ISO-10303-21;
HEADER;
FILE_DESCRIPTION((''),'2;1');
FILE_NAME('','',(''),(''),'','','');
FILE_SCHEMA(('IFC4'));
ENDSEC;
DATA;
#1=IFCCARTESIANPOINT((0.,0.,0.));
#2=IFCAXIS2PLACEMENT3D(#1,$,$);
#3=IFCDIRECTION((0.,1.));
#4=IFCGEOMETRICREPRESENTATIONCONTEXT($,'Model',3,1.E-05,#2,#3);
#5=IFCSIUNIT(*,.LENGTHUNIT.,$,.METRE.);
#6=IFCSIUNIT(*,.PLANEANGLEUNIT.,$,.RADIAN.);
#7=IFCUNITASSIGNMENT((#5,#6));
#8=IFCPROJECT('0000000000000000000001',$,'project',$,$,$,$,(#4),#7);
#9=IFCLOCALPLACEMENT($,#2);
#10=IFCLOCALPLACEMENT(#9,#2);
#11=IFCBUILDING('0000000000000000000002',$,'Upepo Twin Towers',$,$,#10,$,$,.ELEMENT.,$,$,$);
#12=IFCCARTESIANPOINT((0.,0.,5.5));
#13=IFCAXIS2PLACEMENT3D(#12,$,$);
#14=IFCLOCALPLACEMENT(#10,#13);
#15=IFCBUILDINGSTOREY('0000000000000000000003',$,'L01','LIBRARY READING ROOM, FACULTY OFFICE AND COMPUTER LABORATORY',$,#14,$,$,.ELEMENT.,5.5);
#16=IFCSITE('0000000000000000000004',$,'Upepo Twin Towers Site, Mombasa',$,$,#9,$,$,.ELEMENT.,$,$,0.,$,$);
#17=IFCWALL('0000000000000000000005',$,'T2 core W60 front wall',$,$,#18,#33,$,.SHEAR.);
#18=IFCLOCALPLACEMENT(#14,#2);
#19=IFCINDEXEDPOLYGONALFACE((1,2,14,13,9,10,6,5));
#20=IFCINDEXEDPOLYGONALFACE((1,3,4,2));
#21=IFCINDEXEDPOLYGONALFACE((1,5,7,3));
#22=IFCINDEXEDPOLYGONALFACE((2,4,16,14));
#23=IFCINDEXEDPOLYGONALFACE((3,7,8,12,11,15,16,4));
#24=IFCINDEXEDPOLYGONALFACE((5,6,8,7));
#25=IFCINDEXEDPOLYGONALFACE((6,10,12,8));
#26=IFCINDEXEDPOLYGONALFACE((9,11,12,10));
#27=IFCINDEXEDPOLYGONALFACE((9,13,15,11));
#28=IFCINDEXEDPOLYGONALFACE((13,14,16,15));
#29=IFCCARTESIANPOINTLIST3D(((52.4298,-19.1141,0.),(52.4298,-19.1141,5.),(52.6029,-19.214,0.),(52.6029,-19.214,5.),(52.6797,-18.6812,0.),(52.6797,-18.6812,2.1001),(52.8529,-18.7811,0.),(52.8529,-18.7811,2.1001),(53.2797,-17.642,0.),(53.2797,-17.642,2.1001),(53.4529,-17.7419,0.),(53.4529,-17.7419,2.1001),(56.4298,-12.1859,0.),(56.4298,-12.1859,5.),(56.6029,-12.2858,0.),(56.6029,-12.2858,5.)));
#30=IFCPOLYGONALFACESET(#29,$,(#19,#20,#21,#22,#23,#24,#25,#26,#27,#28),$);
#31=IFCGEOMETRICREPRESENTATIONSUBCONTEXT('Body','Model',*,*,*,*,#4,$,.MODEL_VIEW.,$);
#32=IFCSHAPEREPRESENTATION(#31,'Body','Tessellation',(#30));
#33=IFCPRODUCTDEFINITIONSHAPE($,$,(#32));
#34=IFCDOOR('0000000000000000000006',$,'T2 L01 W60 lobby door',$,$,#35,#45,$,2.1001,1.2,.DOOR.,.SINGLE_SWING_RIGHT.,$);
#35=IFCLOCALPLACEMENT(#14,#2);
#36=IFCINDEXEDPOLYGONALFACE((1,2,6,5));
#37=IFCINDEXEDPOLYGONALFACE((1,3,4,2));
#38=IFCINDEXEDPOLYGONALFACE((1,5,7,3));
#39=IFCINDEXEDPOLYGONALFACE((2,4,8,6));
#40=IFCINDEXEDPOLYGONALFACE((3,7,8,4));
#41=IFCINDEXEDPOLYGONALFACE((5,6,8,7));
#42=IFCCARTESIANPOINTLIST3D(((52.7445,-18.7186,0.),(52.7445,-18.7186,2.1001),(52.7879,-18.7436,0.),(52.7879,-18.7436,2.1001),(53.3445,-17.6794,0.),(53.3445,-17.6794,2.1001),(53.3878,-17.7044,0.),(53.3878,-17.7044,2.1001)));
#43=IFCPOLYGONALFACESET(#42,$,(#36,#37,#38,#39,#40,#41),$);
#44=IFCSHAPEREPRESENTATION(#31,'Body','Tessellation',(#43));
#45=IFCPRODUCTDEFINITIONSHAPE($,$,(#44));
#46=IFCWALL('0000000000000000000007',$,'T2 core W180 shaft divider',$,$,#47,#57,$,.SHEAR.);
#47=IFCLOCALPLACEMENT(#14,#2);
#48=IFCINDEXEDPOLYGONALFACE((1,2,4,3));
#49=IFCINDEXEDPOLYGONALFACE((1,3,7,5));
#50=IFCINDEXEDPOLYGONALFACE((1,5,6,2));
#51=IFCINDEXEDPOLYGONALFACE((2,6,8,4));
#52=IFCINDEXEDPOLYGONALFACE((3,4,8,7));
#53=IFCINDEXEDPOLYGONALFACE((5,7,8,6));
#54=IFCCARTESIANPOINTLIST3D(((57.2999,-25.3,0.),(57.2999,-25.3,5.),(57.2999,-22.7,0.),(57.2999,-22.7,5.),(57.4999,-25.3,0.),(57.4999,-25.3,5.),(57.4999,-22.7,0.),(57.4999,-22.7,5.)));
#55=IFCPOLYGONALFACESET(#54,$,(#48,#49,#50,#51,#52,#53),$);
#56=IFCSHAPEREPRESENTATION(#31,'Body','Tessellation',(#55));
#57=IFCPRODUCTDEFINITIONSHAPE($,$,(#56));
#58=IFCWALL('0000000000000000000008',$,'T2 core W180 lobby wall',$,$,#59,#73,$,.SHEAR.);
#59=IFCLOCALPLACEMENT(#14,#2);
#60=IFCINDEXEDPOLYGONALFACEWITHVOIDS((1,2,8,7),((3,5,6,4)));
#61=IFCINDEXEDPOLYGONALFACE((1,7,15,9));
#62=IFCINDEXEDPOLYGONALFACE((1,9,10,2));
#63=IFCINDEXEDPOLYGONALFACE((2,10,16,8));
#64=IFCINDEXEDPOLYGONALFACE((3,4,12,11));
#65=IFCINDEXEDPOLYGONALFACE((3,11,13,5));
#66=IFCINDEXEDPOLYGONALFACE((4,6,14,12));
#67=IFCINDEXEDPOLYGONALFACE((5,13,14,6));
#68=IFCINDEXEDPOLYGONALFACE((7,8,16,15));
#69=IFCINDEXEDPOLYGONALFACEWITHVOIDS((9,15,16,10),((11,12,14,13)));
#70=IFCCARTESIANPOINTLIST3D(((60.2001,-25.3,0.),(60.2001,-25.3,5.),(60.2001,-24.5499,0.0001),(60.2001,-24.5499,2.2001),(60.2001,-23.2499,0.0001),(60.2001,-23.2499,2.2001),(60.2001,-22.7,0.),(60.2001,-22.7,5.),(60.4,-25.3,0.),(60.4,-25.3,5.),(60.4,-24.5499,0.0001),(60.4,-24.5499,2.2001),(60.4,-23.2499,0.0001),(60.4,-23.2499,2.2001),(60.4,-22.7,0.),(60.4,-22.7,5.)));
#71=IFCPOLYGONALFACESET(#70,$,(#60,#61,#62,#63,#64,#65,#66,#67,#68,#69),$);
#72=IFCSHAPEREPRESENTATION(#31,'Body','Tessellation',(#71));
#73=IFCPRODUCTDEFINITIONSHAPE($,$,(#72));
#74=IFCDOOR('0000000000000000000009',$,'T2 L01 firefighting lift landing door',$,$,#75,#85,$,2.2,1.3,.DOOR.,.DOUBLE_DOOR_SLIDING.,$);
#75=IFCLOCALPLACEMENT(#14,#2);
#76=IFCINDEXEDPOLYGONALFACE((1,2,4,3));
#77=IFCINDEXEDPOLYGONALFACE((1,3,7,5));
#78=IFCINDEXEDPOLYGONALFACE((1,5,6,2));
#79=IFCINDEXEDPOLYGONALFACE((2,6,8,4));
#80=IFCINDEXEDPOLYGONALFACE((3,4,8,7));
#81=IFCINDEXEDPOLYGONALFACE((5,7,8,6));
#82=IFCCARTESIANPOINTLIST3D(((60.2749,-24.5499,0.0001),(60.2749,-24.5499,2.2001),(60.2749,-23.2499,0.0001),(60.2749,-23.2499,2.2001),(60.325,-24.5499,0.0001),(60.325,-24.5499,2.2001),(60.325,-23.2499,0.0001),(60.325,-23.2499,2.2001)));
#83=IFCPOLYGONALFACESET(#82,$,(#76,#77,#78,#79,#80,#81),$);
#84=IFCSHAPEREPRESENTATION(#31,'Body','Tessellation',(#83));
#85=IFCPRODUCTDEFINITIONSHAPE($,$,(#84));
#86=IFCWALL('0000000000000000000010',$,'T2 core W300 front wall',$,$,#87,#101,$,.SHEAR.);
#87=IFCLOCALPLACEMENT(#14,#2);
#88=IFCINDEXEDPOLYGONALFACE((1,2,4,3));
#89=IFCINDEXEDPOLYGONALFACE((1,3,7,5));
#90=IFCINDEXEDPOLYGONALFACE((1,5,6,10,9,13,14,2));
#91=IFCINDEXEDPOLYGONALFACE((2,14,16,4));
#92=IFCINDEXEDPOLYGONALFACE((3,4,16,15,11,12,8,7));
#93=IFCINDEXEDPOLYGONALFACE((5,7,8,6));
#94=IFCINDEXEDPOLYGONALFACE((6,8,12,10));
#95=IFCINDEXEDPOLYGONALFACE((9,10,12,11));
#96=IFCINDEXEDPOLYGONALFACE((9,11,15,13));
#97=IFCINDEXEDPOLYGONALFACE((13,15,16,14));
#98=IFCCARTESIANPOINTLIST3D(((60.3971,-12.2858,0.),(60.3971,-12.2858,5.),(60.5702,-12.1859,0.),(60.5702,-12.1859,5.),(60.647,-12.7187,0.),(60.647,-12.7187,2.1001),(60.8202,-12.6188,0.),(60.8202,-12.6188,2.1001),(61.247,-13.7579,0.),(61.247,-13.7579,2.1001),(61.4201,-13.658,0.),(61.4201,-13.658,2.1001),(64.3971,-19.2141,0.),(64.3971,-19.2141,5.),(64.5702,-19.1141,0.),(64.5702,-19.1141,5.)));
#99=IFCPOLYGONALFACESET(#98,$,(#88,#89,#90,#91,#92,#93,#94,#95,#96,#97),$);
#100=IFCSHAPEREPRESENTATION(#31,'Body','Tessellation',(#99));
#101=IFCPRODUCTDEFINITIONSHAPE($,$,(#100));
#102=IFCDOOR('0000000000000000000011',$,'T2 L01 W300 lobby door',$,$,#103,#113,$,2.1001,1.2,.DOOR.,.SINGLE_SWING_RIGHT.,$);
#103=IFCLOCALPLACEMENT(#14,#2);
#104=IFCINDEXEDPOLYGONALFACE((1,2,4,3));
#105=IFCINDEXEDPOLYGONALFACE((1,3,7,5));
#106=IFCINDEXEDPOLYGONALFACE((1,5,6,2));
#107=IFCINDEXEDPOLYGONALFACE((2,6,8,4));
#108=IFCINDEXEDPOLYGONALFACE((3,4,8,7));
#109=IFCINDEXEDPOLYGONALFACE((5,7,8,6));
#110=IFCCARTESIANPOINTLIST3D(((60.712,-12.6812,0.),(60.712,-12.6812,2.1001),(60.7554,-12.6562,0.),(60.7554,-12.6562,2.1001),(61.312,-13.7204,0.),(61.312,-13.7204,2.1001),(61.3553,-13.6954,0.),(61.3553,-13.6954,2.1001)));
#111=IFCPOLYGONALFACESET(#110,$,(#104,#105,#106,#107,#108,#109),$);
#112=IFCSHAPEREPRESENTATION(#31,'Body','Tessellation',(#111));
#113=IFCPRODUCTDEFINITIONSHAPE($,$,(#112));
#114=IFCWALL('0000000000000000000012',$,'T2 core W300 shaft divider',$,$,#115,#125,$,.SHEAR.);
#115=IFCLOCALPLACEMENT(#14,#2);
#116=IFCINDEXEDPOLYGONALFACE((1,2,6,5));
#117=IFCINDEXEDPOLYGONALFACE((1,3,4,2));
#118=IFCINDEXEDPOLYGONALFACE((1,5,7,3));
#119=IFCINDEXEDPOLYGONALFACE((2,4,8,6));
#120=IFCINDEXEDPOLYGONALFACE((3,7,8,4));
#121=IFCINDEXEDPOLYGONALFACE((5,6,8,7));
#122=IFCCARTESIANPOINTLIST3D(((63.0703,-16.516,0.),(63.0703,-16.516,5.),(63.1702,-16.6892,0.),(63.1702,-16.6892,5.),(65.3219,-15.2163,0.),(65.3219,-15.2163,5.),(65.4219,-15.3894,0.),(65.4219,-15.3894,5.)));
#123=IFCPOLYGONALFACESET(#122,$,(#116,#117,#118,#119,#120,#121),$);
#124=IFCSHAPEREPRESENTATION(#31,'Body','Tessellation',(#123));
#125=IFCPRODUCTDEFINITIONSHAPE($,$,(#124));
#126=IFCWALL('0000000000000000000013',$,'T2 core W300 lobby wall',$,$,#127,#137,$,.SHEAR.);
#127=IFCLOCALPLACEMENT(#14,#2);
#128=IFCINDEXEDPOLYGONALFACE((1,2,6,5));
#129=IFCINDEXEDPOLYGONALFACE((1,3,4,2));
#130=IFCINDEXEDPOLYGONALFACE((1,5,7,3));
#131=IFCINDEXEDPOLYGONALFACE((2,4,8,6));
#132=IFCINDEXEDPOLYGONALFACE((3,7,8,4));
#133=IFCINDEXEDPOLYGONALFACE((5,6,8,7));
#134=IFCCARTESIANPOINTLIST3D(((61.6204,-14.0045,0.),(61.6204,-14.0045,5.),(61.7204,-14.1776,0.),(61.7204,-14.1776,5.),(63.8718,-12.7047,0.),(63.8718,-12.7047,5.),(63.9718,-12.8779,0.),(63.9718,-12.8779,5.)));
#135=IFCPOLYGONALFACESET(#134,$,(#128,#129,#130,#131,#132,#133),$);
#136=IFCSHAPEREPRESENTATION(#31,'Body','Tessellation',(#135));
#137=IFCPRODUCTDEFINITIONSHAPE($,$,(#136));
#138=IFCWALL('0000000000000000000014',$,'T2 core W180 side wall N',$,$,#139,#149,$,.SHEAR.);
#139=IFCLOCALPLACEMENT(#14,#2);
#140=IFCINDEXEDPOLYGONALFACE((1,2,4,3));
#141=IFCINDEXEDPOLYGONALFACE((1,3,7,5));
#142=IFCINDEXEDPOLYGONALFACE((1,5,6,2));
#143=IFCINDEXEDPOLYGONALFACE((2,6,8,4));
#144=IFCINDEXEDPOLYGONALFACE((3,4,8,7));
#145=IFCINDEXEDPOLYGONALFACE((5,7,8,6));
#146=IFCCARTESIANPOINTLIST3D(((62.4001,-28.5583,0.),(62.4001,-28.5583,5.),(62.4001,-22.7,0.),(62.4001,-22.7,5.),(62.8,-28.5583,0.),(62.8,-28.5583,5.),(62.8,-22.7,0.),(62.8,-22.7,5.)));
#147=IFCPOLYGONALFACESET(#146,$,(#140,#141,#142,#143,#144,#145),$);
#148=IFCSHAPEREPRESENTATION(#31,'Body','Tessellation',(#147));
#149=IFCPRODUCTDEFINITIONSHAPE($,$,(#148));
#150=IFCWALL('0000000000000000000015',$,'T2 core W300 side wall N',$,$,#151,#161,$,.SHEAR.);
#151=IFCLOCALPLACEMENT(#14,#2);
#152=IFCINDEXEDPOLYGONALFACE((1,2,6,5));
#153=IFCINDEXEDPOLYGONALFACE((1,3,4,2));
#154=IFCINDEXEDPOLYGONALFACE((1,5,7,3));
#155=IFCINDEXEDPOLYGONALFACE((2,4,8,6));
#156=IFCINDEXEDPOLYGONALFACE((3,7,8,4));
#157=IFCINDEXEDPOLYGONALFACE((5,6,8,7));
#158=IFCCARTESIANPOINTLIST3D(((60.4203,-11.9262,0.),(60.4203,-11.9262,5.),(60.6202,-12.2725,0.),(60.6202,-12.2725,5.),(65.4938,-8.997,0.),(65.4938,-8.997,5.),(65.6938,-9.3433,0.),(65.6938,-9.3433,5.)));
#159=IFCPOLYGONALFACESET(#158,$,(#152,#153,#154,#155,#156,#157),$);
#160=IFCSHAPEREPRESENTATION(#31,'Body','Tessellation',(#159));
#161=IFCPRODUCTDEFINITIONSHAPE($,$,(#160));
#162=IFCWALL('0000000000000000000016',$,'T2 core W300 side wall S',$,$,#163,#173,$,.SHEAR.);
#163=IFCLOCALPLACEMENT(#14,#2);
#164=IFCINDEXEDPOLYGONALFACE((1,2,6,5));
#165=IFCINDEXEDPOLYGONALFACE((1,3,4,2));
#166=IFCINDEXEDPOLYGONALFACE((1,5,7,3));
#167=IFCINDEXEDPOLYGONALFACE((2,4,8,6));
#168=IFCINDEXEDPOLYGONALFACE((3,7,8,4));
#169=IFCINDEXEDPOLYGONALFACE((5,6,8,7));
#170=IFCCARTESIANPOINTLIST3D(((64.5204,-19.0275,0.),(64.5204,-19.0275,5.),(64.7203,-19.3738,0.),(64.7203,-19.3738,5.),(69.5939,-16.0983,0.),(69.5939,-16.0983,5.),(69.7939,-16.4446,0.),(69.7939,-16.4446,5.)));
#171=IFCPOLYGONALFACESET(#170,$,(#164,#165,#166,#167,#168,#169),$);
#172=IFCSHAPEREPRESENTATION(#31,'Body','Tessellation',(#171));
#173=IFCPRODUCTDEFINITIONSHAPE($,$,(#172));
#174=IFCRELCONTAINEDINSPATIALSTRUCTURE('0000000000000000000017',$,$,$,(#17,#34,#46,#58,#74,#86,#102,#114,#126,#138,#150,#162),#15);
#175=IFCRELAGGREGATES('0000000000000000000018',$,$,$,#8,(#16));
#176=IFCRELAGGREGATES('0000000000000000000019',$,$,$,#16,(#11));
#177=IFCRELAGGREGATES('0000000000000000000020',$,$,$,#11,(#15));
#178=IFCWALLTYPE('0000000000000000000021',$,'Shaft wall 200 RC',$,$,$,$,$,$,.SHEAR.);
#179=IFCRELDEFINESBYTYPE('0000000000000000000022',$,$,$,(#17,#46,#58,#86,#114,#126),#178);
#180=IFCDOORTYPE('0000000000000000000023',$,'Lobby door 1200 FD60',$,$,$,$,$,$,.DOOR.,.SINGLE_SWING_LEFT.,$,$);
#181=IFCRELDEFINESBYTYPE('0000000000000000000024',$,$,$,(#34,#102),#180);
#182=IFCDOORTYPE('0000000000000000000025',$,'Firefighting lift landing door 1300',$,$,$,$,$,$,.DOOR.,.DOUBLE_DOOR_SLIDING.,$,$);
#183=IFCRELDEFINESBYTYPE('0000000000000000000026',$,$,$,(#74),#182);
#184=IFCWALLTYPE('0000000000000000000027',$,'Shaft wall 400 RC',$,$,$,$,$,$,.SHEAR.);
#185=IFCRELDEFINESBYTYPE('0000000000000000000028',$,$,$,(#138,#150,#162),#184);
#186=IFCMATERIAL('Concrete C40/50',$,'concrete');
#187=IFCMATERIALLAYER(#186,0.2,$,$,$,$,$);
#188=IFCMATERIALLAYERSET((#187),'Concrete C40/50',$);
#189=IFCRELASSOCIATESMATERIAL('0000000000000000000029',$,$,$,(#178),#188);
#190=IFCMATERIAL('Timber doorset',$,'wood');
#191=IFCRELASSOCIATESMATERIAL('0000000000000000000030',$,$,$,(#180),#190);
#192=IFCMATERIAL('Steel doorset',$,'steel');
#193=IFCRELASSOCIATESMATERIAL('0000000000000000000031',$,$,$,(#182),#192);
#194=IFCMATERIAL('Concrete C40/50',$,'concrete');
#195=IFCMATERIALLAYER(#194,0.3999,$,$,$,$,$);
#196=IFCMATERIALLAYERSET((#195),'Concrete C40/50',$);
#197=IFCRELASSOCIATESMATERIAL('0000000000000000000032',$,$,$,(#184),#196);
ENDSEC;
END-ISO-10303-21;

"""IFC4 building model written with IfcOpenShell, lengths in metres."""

from ifc_helpers import new_model, si_unit, direction, frame, frame_2d, origin, place, context, subcontext, project, spatial, rectangle, extrude, material, layer, layer_set, type_object, element, fill, save


model = new_model("IFC4")

# Units and contexts
model_context = context("Model", 3, precision=1e-05, world=origin(), true_north=direction((0.0, 1.0)))
body_context = subcontext(model_context, "Body", "Model", "MODEL_VIEW")
ifc_project = project(units=[si_unit("LENGTHUNIT", "METRE"), si_unit("PLANEANGLEUNIT", "RADIAN")], contexts=[model_context])

# Site, building, storey
site_placement = place(None, origin())
site = spatial("IfcSite", under=ifc_project, at=site_placement, Name="Upepo Twin Towers Site, Mombasa", CompositionType="ELEMENT", RefElevation=0.0)
building_placement = place(site_placement, origin())
building = spatial("IfcBuilding", under=site, at=building_placement, Name="Upepo Twin Towers", CompositionType="ELEMENT")
storey_placement = place(building_placement, frame((0.0, 0.0, 5.5)))
storey = spatial("IfcBuildingStorey", under=building, at=storey_placement, Name="L01", Description="LIBRARY READING ROOM, FACULTY OFFICE AND COMPUTER LABORATORY", CompositionType="ELEMENT", Elevation=5.5)

# Wall, opening, door
ifc_material_1 = material(Name="Concrete C40/50", Category="concrete")
ifc_layer_1 = layer(ifc_material_1, 0.2)
ifc_layer_set_1 = layer_set([ifc_layer_1], Name="Concrete C40/50")
wall_type_1 = type_object("IfcWallType", Name="Shaft wall 200 RC", PredefinedType="SHEAR", material=ifc_layer_set_1)
wall_1_placement = place(storey_placement, frame((56.5164, -12.2358, 0.0), z_axis=(0.0, 0.0, 1.0), x_axis=(-0.499999, -0.866026, 0.0)))
wall_1 = element("IfcWall", 1, at=wall_1_placement, inside=storey, type_object=wall_type_1, Name="T2 core W60 front wall", PredefinedType="SHEAR", context=body_context, shape_type="SweptSolid", body=[
    extrude(rectangle(XDim=8.0, YDim=0.2, at=frame_2d((4.0, 0.0))), origin(), (0.0, 0.0, 1.0), 5.0),
])
opening_1_placement = place(wall_1_placement, frame((6.3, 0.0, 0.0)))
opening_1 = element("IfcOpeningElement", 2, at=opening_1_placement, cuts=wall_1, PredefinedType="OPENING", context=body_context, shape_type="SweptSolid", body=[
    extrude(rectangle(XDim=1.2, YDim=2.1001, at=frame_2d((0.6001, 1.05))), frame((0.0, 0.1099, 0.0), z_axis=(0.0, -1.0, 0.0), x_axis=(1.0, 0.0, 0.0)), (0.0, 0.0, 1.0), 0.22),
])
ifc_material_2 = material(Name="Timber doorset", Category="wood")
door_type_1 = type_object("IfcDoorType", Name="Lobby door 1200 FD60", OperationType="SINGLE_SWING_LEFT", PredefinedType="DOOR", material=ifc_material_2)
door_1_placement = place(opening_1_placement, origin())
door_1 = element("IfcDoor", 3, at=door_1_placement, inside=storey, type_object=door_type_1, Name="T2 L01 W60 lobby door", OperationType="SINGLE_SWING_RIGHT", OverallHeight=2.1001, OverallWidth=1.2, PredefinedType="DOOR", context=body_context, shape_type="SweptSolid", body=[
    extrude(rectangle(XDim=1.2, YDim=2.1001, at=frame_2d((0.6001, 1.05))), frame((0.0, 0.0249, 0.0), z_axis=(0.0, -1.0, 0.0), x_axis=(1.0, 0.0, 0.0)), (0.0, 0.0, 1.0), 0.05),
])
fill(opening_1, door_1)

# Wall
wall_2_placement = place(storey_placement, frame((57.3999, -22.7, 0.0), z_axis=(0.0, 0.0, 1.0), x_axis=(0.0, -1.0, 0.0)))
element("IfcWall", 4, at=wall_2_placement, inside=storey, type_object=wall_type_1, Name="T2 core W180 shaft divider", PredefinedType="SHEAR", context=body_context, shape_type="SweptSolid", body=[
    extrude(rectangle(XDim=2.6001, YDim=0.2, at=frame_2d((1.3, 0.0))), origin(), (0.0, 0.0, 1.0), 5.0),
])

# Walls, openings, doors
wall_3_placement = place(storey_placement, frame((60.3, -22.7, 0.0), z_axis=(0.0, 0.0, 1.0), x_axis=(0.0, -1.0, 0.0)))
wall_3 = element("IfcWall", 5, at=wall_3_placement, inside=storey, type_object=wall_type_1, Name="T2 core W180 lobby wall", PredefinedType="SHEAR", context=body_context, shape_type="SweptSolid", body=[
    extrude(rectangle(XDim=2.6001, YDim=0.2, at=frame_2d((1.3, 0.0))), origin(), (0.0, 0.0, 1.0), 5.0),
])
opening_2_placement = place(wall_3_placement, frame((0.55, 0.0, 0.0)))
opening_2 = element("IfcOpeningElement", 6, at=opening_2_placement, cuts=wall_3, PredefinedType="OPENING", context=body_context, shape_type="SweptSolid", body=[
    extrude(rectangle(XDim=1.3, YDim=2.2, at=frame_2d((0.6499, 1.1001))), frame((0.0, 0.1099, 0.0), z_axis=(0.0, -1.0, 0.0), x_axis=(1.0, 0.0, 0.0)), (0.0, 0.0, 1.0), 0.22),
])
ifc_material_3 = material(Name="Steel doorset", Category="steel")
door_type_2 = type_object("IfcDoorType", Name="Firefighting lift landing door 1300", OperationType="DOUBLE_DOOR_SLIDING", PredefinedType="DOOR", material=ifc_material_3)
door_2_placement = place(opening_2_placement, origin())
door_2 = element("IfcDoor", 7, at=door_2_placement, inside=storey, type_object=door_type_2, Name="T2 L01 firefighting lift landing door", OperationType="DOUBLE_DOOR_SLIDING", OverallHeight=2.2, OverallWidth=1.3, PredefinedType="DOOR", context=body_context, shape_type="SweptSolid", body=[
    extrude(rectangle(XDim=1.3, YDim=2.2, at=frame_2d((0.6499, 1.1001))), frame((0.0, 0.0249, 0.0), z_axis=(0.0, -1.0, 0.0), x_axis=(1.0, 0.0, 0.0)), (0.0, 0.0, 1.0), 0.05),
])
fill(opening_2, door_2)
wall_4_placement = place(storey_placement, frame((64.4836, -19.1641, 0.0), z_axis=(0.0, 0.0, 1.0), x_axis=(-0.499999, 0.866026, 0.0)))
wall_4 = element("IfcWall", 8, at=wall_4_placement, inside=storey, type_object=wall_type_1, Name="T2 core W300 front wall", PredefinedType="SHEAR", context=body_context, shape_type="SweptSolid", body=[
    extrude(rectangle(XDim=8.0, YDim=0.2, at=frame_2d((4.0, 0.0))), origin(), (0.0, 0.0, 1.0), 5.0),
])
opening_3_placement = place(wall_4_placement, frame((6.3, 0.0, 0.0)))
opening_3 = element("IfcOpeningElement", 9, at=opening_3_placement, cuts=wall_4, PredefinedType="OPENING", context=body_context, shape_type="SweptSolid", body=[
    extrude(rectangle(XDim=1.2, YDim=2.1001, at=frame_2d((0.6001, 1.05))), frame((0.0, 0.1099, 0.0), z_axis=(0.0, -1.0, 0.0), x_axis=(1.0, 0.0, 0.0)), (0.0, 0.0, 1.0), 0.22),
])
door_3_placement = place(opening_3_placement, origin())
door_3 = element("IfcDoor", 10, at=door_3_placement, inside=storey, type_object=door_type_1, Name="T2 L01 W300 lobby door", OperationType="SINGLE_SWING_RIGHT", OverallHeight=2.1001, OverallWidth=1.2, PredefinedType="DOOR", context=body_context, shape_type="SweptSolid", body=[
    extrude(rectangle(XDim=1.2, YDim=2.1001, at=frame_2d((0.6001, 1.05))), frame((0.0, 0.0249, 0.0), z_axis=(0.0, -1.0, 0.0), x_axis=(1.0, 0.0, 0.0)), (0.0, 0.0, 1.0), 0.05),
])
fill(opening_3, door_3)

# Walls
wall_5_placement = place(storey_placement, frame((63.1204, -16.6025, 0.0), z_axis=(0.0, 0.0, 1.0), x_axis=(0.866062, 0.499937, 0.0)))
element("IfcWall", 11, at=wall_5_placement, inside=storey, type_object=wall_type_1, Name="T2 core W300 shaft divider", PredefinedType="SHEAR", context=body_context, shape_type="SweptSolid", body=[
    extrude(rectangle(XDim=2.5999, YDim=0.2, at=frame_2d((1.2998, 0.0))), origin(), (0.0, 0.0, 1.0), 5.0),
])
wall_6_placement = place(storey_placement, frame((61.6704, -14.0911, 0.0), z_axis=(0.0, 0.0, 1.0), x_axis=(0.866039, 0.499977, 0.0)))
element("IfcWall", 12, at=wall_6_placement, inside=storey, type_object=wall_type_1, Name="T2 core W300 lobby wall", PredefinedType="SHEAR", context=body_context, shape_type="SweptSolid", body=[
    extrude(rectangle(XDim=2.5996, YDim=0.2, at=frame_2d((1.2998, 0.0))), origin(), (0.0, 0.0, 1.0), 5.0),
])
ifc_material_4 = material(Name="Concrete C40/50", Category="concrete")
ifc_layer_2 = layer(ifc_material_4, 0.3999)
ifc_layer_set_2 = layer_set([ifc_layer_2], Name="Concrete C40/50")
wall_type_2 = type_object("IfcWallType", Name="Shaft wall 400 RC", PredefinedType="SHEAR", material=ifc_layer_set_2)
for number, where, z_axis, x_axis, name in (
    (13, (62.6001, -22.7, 0.0), (0.0, 0.0, 1.0), (0.0, -1.0, 0.0), "T2 core W180 side wall N"),
    (14, (60.5203, -12.0994, 0.0), (0.0, 0.0, 1.0), (0.866024, 0.500003, 0.0), "T2 core W300 side wall N"),
    (15, (64.6204, -19.2007, 0.0), (0.0, 0.0, 1.0), (0.866024, 0.500003, 0.0), "T2 core W300 side wall S"),
):
    element("IfcWall", number, at=place(storey_placement, frame(where, z_axis=z_axis, x_axis=x_axis)), inside=storey, type_object=wall_type_2, Name=name, PredefinedType="SHEAR", context=body_context, shape_type="SweptSolid", body=[
        extrude(rectangle(XDim=5.8584, YDim=0.3999, at=frame_2d((2.9292, 0.0))), origin(), (0.0, 0.0, 1.0), 5.0),
    ])

save(model, "model.ifc")
